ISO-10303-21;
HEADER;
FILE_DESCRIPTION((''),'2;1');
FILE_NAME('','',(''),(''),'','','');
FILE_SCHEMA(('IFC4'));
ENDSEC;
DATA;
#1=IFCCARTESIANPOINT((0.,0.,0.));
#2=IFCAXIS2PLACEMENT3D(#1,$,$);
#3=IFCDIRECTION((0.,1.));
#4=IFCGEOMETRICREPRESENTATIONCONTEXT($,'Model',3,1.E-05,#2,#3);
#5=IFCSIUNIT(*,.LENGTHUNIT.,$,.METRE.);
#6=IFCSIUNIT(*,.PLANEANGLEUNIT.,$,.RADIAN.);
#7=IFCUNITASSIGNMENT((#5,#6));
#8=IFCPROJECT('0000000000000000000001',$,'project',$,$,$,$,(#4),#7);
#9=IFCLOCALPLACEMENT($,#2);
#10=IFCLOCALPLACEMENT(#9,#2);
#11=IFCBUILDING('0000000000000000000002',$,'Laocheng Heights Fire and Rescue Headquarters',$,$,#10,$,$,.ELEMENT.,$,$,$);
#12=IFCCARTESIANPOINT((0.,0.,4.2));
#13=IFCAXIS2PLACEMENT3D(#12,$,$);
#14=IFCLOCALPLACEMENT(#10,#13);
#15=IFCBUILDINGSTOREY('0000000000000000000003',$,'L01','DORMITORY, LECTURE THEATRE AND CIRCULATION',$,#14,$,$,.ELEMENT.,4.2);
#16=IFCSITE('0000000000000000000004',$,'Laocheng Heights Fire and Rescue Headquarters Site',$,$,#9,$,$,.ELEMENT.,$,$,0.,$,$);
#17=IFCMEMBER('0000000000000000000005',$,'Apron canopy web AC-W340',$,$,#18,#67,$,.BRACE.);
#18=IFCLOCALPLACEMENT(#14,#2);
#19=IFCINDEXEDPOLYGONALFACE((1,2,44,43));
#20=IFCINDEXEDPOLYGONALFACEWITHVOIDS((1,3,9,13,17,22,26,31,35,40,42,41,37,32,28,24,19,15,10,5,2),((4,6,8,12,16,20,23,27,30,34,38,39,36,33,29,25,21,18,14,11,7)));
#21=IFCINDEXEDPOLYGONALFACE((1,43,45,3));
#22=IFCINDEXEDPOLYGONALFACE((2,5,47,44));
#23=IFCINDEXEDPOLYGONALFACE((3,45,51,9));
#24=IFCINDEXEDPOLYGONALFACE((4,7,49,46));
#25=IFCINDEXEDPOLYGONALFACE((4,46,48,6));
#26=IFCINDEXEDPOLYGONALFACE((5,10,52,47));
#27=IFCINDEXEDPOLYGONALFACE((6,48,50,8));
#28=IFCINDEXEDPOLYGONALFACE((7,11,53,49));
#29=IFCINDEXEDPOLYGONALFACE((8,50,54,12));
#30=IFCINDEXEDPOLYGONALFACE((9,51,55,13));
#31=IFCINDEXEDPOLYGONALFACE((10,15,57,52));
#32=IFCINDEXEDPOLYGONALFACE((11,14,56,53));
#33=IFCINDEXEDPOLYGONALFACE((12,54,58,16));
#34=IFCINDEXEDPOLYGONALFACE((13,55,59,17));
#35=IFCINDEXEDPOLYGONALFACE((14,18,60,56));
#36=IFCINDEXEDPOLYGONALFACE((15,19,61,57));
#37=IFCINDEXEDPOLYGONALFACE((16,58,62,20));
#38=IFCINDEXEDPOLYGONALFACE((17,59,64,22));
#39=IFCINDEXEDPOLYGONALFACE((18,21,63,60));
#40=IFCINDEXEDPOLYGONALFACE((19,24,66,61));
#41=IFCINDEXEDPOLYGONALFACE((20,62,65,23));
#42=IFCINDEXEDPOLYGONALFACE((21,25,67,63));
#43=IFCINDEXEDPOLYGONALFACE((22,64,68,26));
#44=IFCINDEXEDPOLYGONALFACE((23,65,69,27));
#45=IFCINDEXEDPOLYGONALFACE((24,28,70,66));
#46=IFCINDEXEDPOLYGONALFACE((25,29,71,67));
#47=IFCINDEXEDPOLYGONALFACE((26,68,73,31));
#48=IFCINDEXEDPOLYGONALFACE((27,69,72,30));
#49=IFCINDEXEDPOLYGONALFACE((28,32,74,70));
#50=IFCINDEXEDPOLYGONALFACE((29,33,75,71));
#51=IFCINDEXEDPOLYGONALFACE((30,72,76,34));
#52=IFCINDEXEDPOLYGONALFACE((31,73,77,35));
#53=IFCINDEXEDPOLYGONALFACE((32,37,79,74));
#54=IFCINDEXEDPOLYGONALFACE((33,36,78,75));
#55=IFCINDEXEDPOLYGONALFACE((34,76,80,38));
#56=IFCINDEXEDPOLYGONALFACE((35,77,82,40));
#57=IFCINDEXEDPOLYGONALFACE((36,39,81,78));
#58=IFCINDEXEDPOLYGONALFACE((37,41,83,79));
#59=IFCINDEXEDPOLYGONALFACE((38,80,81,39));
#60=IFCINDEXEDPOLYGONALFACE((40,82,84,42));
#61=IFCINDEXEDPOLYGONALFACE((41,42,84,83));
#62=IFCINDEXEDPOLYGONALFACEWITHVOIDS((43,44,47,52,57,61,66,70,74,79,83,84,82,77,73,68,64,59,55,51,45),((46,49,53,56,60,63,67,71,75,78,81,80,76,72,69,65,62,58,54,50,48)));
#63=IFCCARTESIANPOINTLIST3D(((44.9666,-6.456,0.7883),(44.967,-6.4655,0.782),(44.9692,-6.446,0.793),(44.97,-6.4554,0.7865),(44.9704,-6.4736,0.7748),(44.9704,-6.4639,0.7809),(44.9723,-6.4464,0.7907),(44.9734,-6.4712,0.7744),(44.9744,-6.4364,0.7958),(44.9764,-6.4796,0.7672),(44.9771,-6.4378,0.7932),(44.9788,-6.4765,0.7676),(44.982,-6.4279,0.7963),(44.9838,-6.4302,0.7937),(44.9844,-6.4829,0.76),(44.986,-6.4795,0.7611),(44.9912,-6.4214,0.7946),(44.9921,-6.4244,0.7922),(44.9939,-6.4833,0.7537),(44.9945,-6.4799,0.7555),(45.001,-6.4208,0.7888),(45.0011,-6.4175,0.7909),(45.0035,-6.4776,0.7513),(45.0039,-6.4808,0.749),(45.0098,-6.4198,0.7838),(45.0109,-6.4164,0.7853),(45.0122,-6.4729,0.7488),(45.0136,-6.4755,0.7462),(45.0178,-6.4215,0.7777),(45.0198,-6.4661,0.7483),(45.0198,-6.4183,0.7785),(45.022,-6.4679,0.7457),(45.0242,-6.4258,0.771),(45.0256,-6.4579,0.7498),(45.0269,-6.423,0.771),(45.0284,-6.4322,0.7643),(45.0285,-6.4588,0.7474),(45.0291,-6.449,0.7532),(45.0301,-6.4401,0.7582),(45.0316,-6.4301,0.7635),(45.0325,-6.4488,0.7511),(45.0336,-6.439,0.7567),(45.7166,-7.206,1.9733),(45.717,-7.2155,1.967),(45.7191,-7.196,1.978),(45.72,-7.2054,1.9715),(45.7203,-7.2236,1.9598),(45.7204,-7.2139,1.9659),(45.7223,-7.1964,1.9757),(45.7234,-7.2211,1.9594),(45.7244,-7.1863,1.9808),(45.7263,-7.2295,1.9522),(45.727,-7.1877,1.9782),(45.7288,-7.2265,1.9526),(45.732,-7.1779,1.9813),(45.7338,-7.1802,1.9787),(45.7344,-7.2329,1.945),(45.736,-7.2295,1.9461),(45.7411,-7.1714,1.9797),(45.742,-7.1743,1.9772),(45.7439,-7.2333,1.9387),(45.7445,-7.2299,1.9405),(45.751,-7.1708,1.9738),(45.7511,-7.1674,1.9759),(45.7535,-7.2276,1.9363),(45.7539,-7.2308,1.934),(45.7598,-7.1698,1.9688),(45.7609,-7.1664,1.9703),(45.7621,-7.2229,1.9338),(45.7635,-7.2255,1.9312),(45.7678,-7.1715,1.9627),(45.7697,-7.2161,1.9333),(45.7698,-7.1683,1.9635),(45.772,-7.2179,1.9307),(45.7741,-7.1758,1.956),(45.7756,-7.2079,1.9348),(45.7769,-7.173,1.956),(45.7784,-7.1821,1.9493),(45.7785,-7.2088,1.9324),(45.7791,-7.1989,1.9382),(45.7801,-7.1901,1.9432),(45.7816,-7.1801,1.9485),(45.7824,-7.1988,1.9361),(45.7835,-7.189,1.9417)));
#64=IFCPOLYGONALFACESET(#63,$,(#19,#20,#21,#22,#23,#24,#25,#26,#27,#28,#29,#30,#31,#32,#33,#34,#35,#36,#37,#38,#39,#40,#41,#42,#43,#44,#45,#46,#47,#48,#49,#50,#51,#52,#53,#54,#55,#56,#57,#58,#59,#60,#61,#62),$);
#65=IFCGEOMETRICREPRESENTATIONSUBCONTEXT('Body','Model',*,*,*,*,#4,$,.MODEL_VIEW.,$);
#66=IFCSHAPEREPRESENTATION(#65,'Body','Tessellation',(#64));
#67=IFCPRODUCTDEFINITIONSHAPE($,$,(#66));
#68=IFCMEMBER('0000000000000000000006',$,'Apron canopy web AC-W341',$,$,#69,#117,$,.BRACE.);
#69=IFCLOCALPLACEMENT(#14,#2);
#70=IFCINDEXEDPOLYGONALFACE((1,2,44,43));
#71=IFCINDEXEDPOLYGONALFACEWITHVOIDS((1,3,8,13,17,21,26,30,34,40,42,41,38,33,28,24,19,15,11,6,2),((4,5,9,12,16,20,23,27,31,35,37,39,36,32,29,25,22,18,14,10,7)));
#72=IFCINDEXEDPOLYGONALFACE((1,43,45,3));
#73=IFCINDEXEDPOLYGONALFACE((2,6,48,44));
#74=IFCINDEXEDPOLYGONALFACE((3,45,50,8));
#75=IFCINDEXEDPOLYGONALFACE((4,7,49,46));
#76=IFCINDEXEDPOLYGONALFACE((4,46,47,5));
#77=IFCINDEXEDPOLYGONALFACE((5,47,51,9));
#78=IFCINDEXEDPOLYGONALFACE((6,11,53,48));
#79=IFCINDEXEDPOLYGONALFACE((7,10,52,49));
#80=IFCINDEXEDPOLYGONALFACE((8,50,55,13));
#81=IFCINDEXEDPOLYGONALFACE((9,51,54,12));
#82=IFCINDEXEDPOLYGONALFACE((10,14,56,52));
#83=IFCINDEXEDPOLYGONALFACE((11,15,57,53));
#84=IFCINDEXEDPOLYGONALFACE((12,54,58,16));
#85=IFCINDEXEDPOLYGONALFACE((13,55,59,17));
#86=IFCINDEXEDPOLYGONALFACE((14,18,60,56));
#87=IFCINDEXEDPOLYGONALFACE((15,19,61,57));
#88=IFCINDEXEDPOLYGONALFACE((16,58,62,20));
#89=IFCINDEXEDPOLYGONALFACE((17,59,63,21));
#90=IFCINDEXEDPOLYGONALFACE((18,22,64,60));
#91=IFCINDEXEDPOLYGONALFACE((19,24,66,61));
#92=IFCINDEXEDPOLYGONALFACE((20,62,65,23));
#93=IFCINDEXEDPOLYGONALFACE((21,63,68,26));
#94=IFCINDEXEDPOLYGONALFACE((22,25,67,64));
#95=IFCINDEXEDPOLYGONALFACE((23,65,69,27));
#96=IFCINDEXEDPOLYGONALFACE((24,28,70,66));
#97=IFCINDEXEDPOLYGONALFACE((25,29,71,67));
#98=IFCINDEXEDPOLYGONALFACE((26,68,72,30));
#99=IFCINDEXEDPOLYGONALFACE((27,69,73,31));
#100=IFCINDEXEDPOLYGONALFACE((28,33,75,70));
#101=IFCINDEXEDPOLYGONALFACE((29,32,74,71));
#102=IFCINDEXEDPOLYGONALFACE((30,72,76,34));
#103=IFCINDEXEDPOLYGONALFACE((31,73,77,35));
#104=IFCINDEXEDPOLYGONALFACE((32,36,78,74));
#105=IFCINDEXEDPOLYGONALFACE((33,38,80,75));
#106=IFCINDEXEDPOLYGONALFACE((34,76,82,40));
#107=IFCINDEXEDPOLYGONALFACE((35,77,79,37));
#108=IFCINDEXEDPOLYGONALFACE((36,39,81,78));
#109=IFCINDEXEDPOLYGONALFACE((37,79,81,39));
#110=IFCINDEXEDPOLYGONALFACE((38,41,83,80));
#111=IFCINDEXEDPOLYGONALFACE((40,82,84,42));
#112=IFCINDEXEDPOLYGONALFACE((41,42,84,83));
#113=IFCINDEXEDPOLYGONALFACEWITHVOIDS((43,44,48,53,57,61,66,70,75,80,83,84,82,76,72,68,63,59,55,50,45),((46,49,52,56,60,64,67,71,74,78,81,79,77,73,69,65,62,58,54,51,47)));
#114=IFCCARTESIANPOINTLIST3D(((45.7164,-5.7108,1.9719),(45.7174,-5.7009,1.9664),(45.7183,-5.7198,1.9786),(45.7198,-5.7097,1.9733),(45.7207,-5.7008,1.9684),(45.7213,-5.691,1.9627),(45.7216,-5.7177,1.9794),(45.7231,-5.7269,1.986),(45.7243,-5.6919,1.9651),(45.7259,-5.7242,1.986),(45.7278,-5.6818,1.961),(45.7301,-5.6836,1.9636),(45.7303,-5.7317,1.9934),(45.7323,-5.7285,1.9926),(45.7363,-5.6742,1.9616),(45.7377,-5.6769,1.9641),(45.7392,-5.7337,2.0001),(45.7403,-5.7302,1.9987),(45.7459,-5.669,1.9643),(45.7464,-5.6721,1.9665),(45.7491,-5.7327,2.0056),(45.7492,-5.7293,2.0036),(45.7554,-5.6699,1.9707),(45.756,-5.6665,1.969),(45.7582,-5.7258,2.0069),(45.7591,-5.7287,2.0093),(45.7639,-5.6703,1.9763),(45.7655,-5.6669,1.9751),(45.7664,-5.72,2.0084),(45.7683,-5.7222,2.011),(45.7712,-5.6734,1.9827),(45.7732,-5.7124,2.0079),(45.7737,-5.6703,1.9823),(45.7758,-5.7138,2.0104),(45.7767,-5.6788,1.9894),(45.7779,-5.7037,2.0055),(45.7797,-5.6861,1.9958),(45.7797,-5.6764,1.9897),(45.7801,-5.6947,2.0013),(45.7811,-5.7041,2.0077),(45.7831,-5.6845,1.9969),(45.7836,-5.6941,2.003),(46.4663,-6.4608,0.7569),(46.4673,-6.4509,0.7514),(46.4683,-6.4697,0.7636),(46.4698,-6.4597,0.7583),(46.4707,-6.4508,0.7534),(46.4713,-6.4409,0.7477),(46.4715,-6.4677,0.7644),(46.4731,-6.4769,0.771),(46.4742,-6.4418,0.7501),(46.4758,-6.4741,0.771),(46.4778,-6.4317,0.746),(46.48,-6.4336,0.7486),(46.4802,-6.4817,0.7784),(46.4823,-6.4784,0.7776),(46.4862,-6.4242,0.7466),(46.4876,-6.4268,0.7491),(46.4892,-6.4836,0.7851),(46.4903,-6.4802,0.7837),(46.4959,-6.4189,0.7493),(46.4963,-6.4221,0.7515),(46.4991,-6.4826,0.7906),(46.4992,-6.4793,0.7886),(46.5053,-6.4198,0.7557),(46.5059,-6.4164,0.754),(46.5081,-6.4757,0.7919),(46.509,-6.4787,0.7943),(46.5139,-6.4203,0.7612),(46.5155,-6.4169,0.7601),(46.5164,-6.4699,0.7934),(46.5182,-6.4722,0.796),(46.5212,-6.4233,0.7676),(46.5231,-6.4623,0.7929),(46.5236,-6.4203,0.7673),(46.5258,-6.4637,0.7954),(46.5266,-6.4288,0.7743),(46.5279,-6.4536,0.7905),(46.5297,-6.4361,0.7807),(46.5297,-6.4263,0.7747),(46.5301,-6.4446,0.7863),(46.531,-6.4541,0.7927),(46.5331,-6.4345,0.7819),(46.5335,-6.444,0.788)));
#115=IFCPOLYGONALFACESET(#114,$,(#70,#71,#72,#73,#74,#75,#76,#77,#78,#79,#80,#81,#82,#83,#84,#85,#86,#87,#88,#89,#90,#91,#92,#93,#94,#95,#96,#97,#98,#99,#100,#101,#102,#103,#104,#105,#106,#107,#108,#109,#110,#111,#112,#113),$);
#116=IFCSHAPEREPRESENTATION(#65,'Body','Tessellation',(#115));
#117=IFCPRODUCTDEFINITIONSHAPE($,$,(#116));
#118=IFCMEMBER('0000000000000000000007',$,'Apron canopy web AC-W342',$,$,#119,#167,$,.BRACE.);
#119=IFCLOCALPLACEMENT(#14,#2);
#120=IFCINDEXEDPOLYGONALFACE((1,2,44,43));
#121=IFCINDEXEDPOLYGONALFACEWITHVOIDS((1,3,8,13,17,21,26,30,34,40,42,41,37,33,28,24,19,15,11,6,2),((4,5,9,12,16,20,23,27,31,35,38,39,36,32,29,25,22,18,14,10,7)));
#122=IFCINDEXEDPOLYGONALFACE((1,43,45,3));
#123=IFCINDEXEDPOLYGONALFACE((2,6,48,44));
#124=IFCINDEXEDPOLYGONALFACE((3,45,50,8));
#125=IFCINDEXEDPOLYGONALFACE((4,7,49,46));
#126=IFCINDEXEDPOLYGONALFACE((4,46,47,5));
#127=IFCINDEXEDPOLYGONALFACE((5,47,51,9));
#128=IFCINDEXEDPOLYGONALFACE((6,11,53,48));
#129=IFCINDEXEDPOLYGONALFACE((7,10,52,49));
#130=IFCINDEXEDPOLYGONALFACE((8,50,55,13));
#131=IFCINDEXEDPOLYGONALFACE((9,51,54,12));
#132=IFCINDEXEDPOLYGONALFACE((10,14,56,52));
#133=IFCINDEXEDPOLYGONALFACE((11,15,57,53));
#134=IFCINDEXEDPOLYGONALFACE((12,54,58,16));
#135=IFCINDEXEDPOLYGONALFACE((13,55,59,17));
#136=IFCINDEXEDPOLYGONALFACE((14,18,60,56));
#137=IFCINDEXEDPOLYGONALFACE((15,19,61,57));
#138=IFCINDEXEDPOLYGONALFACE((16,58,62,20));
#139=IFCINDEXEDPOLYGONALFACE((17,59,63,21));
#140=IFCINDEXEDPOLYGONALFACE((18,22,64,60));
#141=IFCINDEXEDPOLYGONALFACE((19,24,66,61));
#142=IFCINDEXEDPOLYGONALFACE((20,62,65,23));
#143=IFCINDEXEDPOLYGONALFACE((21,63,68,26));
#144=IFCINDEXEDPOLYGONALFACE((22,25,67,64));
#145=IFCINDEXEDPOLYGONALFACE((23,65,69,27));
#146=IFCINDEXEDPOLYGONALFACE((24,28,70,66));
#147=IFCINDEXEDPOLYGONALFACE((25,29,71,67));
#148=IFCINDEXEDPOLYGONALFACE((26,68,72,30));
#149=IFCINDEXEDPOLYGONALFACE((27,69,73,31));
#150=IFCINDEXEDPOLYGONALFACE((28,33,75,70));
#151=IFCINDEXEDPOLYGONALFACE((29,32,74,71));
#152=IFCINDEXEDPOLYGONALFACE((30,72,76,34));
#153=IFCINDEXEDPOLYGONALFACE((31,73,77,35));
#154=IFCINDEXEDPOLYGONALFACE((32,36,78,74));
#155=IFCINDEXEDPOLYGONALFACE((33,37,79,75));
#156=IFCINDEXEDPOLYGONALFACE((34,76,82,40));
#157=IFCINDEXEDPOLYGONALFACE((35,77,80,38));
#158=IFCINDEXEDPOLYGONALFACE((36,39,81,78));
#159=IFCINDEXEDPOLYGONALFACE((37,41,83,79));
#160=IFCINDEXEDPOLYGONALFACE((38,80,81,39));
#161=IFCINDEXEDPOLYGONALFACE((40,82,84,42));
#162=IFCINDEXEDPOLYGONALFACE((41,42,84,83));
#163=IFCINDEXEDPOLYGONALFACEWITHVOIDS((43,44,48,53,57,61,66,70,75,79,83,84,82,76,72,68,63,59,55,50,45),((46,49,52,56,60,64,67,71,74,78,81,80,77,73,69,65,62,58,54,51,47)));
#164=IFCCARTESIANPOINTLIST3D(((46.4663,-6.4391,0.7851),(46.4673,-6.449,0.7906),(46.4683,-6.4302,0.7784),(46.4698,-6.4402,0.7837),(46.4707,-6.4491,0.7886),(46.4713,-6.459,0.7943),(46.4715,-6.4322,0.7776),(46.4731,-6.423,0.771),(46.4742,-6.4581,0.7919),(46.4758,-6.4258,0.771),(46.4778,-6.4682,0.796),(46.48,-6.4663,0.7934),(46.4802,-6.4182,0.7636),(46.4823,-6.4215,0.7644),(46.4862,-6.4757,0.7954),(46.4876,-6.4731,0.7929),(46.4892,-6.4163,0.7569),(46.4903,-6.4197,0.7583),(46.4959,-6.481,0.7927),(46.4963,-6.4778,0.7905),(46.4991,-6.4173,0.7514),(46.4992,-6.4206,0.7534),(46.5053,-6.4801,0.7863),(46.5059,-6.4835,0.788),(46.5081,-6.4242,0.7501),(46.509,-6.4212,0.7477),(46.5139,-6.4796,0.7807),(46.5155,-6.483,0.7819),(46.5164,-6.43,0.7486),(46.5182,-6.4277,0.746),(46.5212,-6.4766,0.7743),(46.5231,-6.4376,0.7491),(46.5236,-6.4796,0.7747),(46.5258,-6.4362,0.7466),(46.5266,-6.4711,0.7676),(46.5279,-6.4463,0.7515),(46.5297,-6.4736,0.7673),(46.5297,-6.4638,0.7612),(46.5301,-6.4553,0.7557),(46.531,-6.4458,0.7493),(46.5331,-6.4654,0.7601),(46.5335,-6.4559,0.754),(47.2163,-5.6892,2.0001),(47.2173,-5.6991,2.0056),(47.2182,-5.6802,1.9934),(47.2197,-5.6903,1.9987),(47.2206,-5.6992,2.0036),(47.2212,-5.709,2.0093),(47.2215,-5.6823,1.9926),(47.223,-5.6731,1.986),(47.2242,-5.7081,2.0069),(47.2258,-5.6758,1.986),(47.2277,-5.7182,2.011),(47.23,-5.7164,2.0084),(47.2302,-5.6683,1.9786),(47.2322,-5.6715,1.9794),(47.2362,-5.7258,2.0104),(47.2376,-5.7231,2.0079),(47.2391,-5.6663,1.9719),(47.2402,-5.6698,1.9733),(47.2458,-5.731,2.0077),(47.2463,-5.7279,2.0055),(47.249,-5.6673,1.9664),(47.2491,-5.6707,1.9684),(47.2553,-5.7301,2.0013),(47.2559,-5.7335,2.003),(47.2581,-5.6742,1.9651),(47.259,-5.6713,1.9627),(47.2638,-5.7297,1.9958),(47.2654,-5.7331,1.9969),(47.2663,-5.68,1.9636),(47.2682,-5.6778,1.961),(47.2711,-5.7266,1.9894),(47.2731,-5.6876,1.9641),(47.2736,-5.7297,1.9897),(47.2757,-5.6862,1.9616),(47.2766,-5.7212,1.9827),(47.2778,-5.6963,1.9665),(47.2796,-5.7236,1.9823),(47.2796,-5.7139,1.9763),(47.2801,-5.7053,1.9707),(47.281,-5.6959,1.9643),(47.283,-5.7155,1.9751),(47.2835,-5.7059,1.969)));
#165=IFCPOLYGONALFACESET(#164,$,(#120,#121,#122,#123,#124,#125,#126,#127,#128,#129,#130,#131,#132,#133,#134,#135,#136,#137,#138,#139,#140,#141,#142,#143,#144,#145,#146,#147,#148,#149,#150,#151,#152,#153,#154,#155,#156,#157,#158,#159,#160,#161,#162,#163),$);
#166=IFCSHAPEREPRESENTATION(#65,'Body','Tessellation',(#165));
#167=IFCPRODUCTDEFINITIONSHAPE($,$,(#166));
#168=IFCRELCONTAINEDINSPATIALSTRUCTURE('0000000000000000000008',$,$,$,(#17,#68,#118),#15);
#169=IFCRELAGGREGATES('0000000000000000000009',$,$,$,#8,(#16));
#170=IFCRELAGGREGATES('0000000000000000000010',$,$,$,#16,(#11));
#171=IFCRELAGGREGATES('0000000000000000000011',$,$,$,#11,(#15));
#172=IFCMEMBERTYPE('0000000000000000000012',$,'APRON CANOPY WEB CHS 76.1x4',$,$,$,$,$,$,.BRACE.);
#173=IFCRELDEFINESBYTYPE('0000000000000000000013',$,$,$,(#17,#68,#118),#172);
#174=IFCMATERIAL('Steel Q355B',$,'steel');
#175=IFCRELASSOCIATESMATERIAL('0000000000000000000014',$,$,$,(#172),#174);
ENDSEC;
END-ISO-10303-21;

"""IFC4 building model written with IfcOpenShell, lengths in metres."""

from ifc_helpers import new_model, si_unit, direction, frame, origin, origin_2d, place, context, subcontext, project, spatial, hollow_circle, extrude, material, material_profile, profile_set, type_object, element, save


model = new_model("IFC4")

# Units and contexts
model_context = context("Model", 3, precision=1e-05, world=origin(), true_north=direction((0.0, 1.0)))
body_context = subcontext(model_context, "Body", "Model", "MODEL_VIEW")
ifc_project = project(units=[si_unit("LENGTHUNIT", "METRE"), si_unit("PLANEANGLEUNIT", "RADIAN")], contexts=[model_context])

# Site, building, storey
site_placement = place(None, origin())
site = spatial("IfcSite", under=ifc_project, at=site_placement, Name="Laocheng Heights Fire and Rescue Headquarters Site", CompositionType="ELEMENT", RefElevation=0.0)
building_placement = place(site_placement, origin())
building = spatial("IfcBuilding", under=site, at=building_placement, Name="Laocheng Heights Fire and Rescue Headquarters", CompositionType="ELEMENT")
storey_placement = place(building_placement, frame((0.0, 0.0, 4.2)))
storey = spatial("IfcBuildingStorey", under=building, at=storey_placement, Name="L01", Description="DORMITORY, LECTURE THEATRE AND CIRCULATION", CompositionType="ELEMENT", Elevation=4.2)

# Members
ifc_material_1 = material(Name="Steel Q355B", Category="steel")
ifc_material_profile_1 = material_profile(ifc_material_1, hollow_circle(Radius=0.0381, WallThickness=0.0039, at=origin_2d()), Name="CHS 76.1x4")
ifc_profile_set_1 = profile_set([ifc_material_profile_1], Name="Steel Q355B")
member_type_1 = type_object("IfcMemberType", Name="APRON CANOPY WEB CHS 76.1x4", PredefinedType="BRACE", material=ifc_profile_set_1)
for number, where, z_axis, x_axis, name in (
    (1, (45.0, -6.45, 0.771), (0.47158, -0.47158, 0.745134), (0.707107, 0.707107, 0.0), "Apron canopy web AC-W340"),
):
    element("IfcMember", number, at=place(storey_placement, frame(where, z_axis=z_axis, x_axis=x_axis)), inside=storey, type_object=member_type_1, Name=name, PredefinedType="BRACE", context=body_context, shape_type="SweptSolid", body=[
        extrude(hollow_circle(Radius=0.0381, WallThickness=0.0039, at=origin_2d()), origin(), (0.0, 0.0, 1.0), 1.5903),
    ])
for number, where, z_axis, x_axis, name in (
    (2, (46.5, -6.45, 0.771), (-0.465002, 0.465002, 0.753357), (-0.707107, -0.707107, 0.0), "Apron canopy web AC-W341"),
    (3, (46.5, -6.45, 0.771), (0.465002, 0.465002, 0.753357), (-0.707107, 0.707107, 0.0), "Apron canopy web AC-W342"),
):
    element("IfcMember", number, at=place(storey_placement, frame(where, z_axis=z_axis, x_axis=x_axis)), inside=storey, type_object=member_type_1, Name=name, PredefinedType="BRACE", context=body_context, shape_type="SweptSolid", body=[
        extrude(hollow_circle(Radius=0.0381, WallThickness=0.0039, at=origin_2d()), origin(), (0.0, 0.0, 1.0), 1.6128),
    ])

save(model, "model.ifc")
